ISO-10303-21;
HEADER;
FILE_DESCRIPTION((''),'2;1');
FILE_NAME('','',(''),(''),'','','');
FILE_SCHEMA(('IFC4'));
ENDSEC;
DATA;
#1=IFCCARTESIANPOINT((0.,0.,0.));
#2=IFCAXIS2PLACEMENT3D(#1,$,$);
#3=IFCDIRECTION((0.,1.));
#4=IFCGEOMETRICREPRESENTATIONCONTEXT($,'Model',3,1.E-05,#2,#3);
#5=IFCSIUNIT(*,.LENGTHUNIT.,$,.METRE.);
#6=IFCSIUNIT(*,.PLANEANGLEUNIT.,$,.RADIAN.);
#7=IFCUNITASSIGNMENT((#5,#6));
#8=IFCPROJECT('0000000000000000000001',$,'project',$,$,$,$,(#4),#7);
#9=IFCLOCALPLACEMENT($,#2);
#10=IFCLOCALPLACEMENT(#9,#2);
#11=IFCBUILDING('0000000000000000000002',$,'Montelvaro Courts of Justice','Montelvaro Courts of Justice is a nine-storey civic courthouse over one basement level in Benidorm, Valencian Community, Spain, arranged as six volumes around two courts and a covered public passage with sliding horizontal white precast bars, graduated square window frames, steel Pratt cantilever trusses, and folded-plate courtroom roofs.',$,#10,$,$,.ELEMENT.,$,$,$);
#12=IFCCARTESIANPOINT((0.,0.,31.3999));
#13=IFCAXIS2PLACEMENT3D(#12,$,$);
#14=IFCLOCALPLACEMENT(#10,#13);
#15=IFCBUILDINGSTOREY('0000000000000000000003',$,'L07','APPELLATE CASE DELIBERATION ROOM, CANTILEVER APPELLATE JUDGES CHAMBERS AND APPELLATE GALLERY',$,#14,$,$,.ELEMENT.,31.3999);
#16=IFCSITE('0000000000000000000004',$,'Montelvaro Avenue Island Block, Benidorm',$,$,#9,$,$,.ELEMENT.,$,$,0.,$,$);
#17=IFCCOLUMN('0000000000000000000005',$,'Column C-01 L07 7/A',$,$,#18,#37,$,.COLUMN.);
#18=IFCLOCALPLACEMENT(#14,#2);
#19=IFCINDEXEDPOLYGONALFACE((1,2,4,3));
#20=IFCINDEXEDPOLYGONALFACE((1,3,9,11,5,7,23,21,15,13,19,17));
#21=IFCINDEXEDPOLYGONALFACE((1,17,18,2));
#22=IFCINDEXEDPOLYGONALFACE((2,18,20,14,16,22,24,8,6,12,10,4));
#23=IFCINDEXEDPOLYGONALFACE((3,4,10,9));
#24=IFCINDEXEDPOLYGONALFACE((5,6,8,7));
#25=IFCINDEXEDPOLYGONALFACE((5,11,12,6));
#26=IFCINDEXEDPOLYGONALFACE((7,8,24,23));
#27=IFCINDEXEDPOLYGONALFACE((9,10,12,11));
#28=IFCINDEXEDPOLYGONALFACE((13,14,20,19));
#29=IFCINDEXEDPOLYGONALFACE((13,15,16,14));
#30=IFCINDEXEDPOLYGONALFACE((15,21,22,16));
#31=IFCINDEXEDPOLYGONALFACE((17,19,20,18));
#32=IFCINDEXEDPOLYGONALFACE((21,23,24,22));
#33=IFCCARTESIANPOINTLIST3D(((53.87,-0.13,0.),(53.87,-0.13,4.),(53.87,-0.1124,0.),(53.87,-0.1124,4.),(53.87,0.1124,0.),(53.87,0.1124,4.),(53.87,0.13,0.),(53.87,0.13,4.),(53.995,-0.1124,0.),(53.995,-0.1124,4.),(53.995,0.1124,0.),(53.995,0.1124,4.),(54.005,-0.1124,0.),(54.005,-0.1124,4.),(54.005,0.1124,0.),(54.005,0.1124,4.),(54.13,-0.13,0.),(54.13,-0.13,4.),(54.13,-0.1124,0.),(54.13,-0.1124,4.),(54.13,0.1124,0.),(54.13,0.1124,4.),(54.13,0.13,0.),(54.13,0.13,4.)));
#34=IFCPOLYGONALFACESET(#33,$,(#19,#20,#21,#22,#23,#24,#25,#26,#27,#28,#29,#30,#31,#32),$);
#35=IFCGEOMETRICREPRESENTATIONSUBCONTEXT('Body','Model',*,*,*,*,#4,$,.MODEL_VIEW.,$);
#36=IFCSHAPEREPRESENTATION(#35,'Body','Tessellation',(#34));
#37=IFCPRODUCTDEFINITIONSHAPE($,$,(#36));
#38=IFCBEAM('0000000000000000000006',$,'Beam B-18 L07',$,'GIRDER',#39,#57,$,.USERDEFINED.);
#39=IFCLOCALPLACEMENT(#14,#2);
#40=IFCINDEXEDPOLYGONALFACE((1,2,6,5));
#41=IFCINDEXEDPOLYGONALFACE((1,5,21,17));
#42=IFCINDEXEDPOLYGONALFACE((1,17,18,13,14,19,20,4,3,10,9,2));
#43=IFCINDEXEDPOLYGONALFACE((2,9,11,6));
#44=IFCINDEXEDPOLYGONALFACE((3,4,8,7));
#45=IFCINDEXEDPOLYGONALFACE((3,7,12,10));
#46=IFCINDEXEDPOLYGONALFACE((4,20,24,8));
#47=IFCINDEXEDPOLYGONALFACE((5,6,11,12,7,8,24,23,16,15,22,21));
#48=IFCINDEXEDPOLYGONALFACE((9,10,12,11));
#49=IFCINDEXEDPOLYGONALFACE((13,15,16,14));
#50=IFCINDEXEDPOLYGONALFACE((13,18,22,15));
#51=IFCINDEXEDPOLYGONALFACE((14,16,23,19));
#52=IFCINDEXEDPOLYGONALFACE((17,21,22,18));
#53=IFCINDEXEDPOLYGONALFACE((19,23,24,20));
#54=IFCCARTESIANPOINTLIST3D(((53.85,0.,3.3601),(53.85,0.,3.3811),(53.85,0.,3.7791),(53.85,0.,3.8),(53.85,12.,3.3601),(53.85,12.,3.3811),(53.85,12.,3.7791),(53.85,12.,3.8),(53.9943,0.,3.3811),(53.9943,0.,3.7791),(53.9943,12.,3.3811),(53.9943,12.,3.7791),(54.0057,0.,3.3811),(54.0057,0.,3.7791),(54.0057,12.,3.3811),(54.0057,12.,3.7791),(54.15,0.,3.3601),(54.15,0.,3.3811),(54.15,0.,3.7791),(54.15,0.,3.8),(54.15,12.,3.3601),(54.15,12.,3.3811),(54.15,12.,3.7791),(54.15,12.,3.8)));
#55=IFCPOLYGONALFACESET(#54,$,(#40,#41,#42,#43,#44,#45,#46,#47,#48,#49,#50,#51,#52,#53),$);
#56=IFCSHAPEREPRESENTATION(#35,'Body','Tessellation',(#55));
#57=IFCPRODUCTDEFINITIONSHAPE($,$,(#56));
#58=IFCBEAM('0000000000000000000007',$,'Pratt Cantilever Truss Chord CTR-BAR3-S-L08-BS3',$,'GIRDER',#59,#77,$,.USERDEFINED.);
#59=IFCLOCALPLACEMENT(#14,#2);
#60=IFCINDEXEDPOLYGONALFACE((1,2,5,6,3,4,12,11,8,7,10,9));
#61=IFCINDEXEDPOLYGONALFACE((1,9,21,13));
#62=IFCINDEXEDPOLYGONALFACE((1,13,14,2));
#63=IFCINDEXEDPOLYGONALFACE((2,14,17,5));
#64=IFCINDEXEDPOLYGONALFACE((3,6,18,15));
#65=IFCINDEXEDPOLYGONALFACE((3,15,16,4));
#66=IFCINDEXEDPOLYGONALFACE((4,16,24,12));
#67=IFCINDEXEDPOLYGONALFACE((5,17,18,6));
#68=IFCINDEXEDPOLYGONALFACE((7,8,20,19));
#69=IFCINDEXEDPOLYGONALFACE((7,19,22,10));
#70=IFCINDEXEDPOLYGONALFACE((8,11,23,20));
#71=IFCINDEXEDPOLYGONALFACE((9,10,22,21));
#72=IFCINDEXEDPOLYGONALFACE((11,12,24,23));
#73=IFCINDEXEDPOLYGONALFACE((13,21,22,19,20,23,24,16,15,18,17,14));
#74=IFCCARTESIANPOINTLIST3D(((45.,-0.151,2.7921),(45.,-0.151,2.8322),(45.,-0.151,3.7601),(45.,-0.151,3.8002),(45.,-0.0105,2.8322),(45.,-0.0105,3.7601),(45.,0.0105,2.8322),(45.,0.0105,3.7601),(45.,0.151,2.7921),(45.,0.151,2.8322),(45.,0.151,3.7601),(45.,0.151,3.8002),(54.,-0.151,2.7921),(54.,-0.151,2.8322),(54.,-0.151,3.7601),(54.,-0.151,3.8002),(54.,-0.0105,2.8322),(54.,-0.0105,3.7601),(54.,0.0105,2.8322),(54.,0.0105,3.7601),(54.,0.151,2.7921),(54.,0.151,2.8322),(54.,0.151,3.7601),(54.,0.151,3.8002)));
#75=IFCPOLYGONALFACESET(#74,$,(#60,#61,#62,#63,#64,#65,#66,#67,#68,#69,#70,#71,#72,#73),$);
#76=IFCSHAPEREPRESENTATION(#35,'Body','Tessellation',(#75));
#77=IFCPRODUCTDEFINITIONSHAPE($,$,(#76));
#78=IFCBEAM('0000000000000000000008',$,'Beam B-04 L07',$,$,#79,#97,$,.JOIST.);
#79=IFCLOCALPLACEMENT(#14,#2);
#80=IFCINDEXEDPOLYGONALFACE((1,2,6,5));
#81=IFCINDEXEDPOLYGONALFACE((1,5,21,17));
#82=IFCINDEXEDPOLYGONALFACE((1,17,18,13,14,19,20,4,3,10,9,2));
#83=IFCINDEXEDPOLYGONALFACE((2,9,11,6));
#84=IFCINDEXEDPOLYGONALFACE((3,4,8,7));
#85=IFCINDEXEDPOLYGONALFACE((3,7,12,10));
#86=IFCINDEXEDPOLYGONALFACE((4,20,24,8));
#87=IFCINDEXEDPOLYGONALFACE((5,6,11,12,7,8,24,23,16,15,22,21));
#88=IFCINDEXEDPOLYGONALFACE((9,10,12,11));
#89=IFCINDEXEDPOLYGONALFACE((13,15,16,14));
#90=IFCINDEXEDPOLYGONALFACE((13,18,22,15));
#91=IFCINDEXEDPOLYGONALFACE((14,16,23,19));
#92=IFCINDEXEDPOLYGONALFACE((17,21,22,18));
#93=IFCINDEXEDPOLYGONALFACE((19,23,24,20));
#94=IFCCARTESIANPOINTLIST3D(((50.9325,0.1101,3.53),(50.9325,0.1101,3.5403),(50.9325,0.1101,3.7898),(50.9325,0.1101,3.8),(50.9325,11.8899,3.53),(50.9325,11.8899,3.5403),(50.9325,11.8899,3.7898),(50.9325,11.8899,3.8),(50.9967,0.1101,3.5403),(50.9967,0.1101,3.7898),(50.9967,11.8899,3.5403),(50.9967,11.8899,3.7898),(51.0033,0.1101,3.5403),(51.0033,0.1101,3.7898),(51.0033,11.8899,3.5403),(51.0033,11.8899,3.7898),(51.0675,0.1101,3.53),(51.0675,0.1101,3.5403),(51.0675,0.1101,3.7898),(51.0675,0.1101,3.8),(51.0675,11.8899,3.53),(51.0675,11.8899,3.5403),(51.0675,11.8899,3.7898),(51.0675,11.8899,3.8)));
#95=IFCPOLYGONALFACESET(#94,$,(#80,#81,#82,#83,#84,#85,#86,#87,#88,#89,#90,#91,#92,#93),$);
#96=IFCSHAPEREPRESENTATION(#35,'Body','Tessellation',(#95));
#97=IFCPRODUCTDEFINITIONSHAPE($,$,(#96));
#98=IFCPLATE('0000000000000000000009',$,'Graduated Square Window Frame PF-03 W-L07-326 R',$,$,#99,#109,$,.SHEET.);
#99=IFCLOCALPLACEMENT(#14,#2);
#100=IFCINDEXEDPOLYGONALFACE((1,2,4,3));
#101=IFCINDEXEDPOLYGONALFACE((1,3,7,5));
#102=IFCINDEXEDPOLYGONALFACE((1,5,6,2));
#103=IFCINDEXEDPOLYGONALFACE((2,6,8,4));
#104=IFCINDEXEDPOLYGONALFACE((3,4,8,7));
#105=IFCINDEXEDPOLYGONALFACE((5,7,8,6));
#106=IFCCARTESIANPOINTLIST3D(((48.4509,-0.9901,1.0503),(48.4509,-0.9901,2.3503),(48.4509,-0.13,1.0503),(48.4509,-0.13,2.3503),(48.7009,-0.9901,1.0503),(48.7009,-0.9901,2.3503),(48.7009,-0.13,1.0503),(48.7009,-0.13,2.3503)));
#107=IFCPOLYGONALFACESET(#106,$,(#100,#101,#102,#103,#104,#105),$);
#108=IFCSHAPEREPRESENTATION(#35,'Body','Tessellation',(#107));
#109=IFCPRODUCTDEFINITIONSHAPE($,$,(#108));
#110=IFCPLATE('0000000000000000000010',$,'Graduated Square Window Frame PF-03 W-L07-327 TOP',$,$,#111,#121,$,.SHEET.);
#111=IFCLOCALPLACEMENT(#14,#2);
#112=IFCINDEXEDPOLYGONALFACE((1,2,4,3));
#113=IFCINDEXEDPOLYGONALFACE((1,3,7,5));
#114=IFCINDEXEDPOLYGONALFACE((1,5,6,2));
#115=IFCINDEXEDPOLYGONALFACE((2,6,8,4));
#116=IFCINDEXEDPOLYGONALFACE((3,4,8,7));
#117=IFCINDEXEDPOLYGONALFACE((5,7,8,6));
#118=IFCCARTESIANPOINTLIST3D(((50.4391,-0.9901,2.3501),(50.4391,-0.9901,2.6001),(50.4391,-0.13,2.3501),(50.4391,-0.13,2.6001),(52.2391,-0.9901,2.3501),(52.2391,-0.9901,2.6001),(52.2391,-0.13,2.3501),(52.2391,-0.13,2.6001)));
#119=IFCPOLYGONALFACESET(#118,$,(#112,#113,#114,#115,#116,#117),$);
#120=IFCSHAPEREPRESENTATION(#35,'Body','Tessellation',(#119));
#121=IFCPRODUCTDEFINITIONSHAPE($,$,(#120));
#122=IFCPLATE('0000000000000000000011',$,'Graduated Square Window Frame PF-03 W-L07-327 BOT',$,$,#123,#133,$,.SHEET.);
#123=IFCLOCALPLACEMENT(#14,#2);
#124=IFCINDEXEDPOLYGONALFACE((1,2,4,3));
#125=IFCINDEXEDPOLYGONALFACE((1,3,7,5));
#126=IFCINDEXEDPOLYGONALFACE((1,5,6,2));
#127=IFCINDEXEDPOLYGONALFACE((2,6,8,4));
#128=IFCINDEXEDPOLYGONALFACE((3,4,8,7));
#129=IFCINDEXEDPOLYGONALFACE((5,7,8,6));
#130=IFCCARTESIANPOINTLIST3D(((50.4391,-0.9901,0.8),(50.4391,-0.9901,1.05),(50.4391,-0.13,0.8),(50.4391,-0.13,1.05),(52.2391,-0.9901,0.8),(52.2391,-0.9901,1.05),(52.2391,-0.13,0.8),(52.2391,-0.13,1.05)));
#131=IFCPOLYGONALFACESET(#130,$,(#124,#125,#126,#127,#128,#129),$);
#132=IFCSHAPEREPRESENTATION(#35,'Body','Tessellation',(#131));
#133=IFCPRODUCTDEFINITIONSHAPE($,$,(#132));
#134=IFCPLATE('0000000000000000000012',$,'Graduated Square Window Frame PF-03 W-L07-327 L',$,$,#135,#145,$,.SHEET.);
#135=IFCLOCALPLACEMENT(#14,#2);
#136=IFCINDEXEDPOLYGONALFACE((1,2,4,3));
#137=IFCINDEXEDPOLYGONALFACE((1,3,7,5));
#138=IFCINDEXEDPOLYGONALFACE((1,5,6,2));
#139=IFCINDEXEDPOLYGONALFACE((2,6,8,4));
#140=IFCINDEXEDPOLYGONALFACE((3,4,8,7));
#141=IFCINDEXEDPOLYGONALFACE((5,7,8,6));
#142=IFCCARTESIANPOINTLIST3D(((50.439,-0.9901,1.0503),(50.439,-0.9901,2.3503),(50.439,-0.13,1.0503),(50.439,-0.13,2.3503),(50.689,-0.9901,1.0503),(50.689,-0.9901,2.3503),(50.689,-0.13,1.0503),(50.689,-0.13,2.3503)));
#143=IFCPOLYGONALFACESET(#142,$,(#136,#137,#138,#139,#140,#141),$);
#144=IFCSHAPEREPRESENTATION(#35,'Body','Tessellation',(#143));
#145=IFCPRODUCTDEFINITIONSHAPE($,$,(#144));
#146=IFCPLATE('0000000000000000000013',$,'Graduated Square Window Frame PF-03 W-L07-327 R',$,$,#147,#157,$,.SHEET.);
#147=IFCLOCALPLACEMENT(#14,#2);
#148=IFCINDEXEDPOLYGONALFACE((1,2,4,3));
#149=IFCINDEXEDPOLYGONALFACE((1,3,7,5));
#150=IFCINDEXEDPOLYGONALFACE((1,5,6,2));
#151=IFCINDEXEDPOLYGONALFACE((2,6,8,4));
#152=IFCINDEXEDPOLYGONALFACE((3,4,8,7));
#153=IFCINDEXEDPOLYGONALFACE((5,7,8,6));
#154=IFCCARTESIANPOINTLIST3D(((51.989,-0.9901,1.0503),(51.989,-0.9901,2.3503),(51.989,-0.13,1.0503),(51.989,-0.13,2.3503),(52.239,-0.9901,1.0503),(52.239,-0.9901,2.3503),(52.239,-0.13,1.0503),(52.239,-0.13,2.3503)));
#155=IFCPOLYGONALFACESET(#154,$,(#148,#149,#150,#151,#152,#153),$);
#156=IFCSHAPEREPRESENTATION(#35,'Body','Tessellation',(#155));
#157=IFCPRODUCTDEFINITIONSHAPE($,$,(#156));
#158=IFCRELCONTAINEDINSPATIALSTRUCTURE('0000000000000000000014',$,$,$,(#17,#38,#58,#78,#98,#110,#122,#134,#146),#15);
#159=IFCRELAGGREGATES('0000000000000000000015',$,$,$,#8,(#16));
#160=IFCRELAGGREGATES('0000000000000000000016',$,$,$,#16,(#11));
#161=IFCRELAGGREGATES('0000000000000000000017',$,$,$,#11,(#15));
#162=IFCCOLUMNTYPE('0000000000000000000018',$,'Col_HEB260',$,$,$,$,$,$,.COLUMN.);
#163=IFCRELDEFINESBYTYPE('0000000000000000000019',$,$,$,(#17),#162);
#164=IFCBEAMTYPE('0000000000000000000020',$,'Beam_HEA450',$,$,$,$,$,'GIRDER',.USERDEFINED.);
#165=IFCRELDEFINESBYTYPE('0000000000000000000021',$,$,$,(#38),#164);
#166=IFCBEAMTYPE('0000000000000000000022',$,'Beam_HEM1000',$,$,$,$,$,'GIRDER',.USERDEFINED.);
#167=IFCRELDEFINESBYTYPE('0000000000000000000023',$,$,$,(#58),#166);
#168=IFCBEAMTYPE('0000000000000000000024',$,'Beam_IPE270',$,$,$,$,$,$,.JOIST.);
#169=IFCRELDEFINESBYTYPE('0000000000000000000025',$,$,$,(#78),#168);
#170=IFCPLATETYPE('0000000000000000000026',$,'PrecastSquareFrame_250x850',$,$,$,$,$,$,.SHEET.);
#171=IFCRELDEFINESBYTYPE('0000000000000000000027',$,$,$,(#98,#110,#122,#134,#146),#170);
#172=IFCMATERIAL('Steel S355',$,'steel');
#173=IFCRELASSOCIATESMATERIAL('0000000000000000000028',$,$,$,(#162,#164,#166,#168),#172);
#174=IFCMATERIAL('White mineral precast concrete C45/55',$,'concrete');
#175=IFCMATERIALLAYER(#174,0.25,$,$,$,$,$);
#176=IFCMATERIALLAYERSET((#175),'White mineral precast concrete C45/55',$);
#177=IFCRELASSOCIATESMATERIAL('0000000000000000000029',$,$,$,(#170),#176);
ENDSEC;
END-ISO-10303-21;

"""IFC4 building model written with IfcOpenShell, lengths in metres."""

from ifc_helpers import new_model, si_unit, direction, frame, origin, origin_2d, place, context, subcontext, project, spatial, rectangle, i_section, extrude, material, layer, layer_set, material_profile, profile_set, type_object, element, save


model = new_model("IFC4")

# Units and contexts
model_context = context("Model", 3, precision=1e-05, world=origin(), true_north=direction((0.0, 1.0)))
body_context = subcontext(model_context, "Body", "Model", "MODEL_VIEW")
ifc_project = project(units=[si_unit("LENGTHUNIT", "METRE"), si_unit("PLANEANGLEUNIT", "RADIAN")], contexts=[model_context])

# Site, building, storey
site_placement = place(None, origin())
site = spatial("IfcSite", under=ifc_project, at=site_placement, Name="Montelvaro Avenue Island Block, Benidorm", CompositionType="ELEMENT", RefElevation=0.0)
building_placement = place(site_placement, origin())
building = spatial("IfcBuilding", under=site, at=building_placement, Name="Montelvaro Courts of Justice", Description="Montelvaro Courts of Justice is a nine-storey civic courthouse over one basement level in Benidorm, Valencian Community, Spain, arranged as six volumes around two courts and a covered public passage with sliding horizontal white precast bars, graduated square window frames, steel Pratt cantilever trusses, and folded-plate courtroom roofs.", CompositionType="ELEMENT")
storey_placement = place(building_placement, frame((0.0, 0.0, 31.3999)))
storey = spatial("IfcBuildingStorey", under=building, at=storey_placement, Name="L07", Description="APPELLATE CASE DELIBERATION ROOM, CANTILEVER APPELLATE JUDGES CHAMBERS AND APPELLATE GALLERY", CompositionType="ELEMENT", Elevation=31.3999)

# Column
ifc_material_1 = material(Name="Steel S355", Category="steel")
ifc_material_profile_1 = material_profile(ifc_material_1, i_section(OverallWidth=0.26, OverallDepth=0.26, WebThickness=0.01, FlangeThickness=0.0176, at=origin_2d()), Name="HEB 260")
ifc_profile_set_1 = profile_set([ifc_material_profile_1], Name="Steel S355")
column_type = type_object("IfcColumnType", Name="Col_HEB260", PredefinedType="COLUMN", material=ifc_profile_set_1)
column_placement = place(storey_placement, frame((54.0, 0.0, 0.0), z_axis=(0.0, 0.0, 1.0), x_axis=(1.0, 0.0, 0.0)))
element("IfcColumn", 1, at=column_placement, inside=storey, type_object=column_type, Name="Column C-01 L07 7/A", PredefinedType="COLUMN", context=body_context, shape_type="SweptSolid", body=[
    extrude(i_section(OverallWidth=0.26, OverallDepth=0.26, WebThickness=0.01, FlangeThickness=0.0176, at=origin_2d()), origin(), (0.0, 0.0, 1.0), 4.0),
])

# Beams
ifc_material_profile_2 = material_profile(ifc_material_1, i_section(OverallWidth=0.3, OverallDepth=0.4399, WebThickness=0.0115, FlangeThickness=0.021, at=origin_2d()), Name="HEA 450")
ifc_profile_set_2 = profile_set([ifc_material_profile_2], Name="Steel S355")
beam_type_1 = type_object("IfcBeamType", Name="Beam_HEA450", ElementType="GIRDER", PredefinedType="USERDEFINED", material=ifc_profile_set_2)
beam_1_placement = place(storey_placement, frame((54.0, 0.0, 3.5801), z_axis=(0.0, 1.0, 0.0), x_axis=(-1.0, 0.0, 0.0)))
element("IfcBeam", 2, at=beam_1_placement, inside=storey, type_object=beam_type_1, Name="Beam B-18 L07", ObjectType="GIRDER", PredefinedType="USERDEFINED", context=body_context, shape_type="SweptSolid", body=[
    extrude(i_section(OverallWidth=0.3, OverallDepth=0.4399, WebThickness=0.0115, FlangeThickness=0.021, at=origin_2d()), origin(), (0.0, 0.0, 1.0), 12.0),
])
ifc_material_profile_3 = material_profile(ifc_material_1, i_section(OverallWidth=0.302, OverallDepth=1.0081, WebThickness=0.021, FlangeThickness=0.04, at=origin_2d()), Name="HEM 1000")
ifc_profile_set_3 = profile_set([ifc_material_profile_3], Name="Steel S355")
beam_type_2 = type_object("IfcBeamType", Name="Beam_HEM1000", ElementType="GIRDER", PredefinedType="USERDEFINED", material=ifc_profile_set_3)
beam_2_placement = place(storey_placement, frame((54.0, 0.0, 3.2961), z_axis=(-1.0, 0.0, 0.0), x_axis=(0.0, -1.0, 0.0)))
element("IfcBeam", 3, at=beam_2_placement, inside=storey, type_object=beam_type_2, Name="Pratt Cantilever Truss Chord CTR-BAR3-S-L08-BS3", ObjectType="GIRDER", PredefinedType="USERDEFINED", context=body_context, shape_type="SweptSolid", body=[
    extrude(i_section(OverallWidth=0.302, OverallDepth=1.0081, WebThickness=0.021, FlangeThickness=0.04, at=origin_2d()), origin(), (0.0, 0.0, 1.0), 9.0),
])
ifc_material_profile_4 = material_profile(ifc_material_1, i_section(OverallWidth=0.135, OverallDepth=0.27, WebThickness=0.0066, FlangeThickness=0.0103, at=origin_2d()), Name="IPE 270")
ifc_profile_set_4 = profile_set([ifc_material_profile_4], Name="Steel S355")
beam_type_3 = type_object("IfcBeamType", Name="Beam_IPE270", PredefinedType="JOIST", material=ifc_profile_set_4)
beam_3_placement = place(storey_placement, frame((51.0, 0.1101, 3.665), z_axis=(0.0, 1.0, 0.0), x_axis=(-1.0, 0.0, 0.0)))
element("IfcBeam", 4, at=beam_3_placement, inside=storey, type_object=beam_type_3, Name="Beam B-04 L07", PredefinedType="JOIST", context=body_context, shape_type="SweptSolid", body=[
    extrude(i_section(OverallWidth=0.135, OverallDepth=0.27, WebThickness=0.0066, FlangeThickness=0.0103, at=origin_2d()), origin(), (0.0, 0.0, 1.0), 11.7798),
])

# Plates
ifc_material_2 = material(Name="White mineral precast concrete C45/55", Category="concrete")
ifc_layer_1 = layer(ifc_material_2, 0.25)
ifc_layer_set_1 = layer_set([ifc_layer_1], Name="White mineral precast concrete C45/55")
plate_type = type_object("IfcPlateType", Name="PrecastSquareFrame_250x850", PredefinedType="SHEET", material=ifc_layer_set_1)
plate_placement = place(storey_placement, frame((48.5759, -0.5601, 1.0503), z_axis=(0.0, 0.0, 1.0), x_axis=(1.0, 0.0, 0.0)))
element("IfcPlate", 5, at=plate_placement, inside=storey, type_object=plate_type, Name="Graduated Square Window Frame PF-03 W-L07-326 R", PredefinedType="SHEET", context=body_context, shape_type="SweptSolid", body=[
    extrude(rectangle(XDim=0.25, YDim=0.8601, at=origin_2d()), origin(), (0.0, 0.0, 1.0), 1.3),
])
for number, where, z_axis, x_axis, name in (
    (6, (51.3391, -0.5601, 2.3501), (0.0, 0.0, 1.0), (1.0, 0.0, 0.0), "Graduated Square Window Frame PF-03 W-L07-327 TOP"),
    (7, (51.3391, -0.5601, 0.8), (0.0, 0.0, 1.0), (1.0, 0.0, 0.0), "Graduated Square Window Frame PF-03 W-L07-327 BOT"),
):
    element("IfcPlate", number, at=place(storey_placement, frame(where, z_axis=z_axis, x_axis=x_axis)), inside=storey, type_object=plate_type, Name=name, PredefinedType="SHEET", context=body_context, shape_type="SweptSolid", body=[
        extrude(rectangle(XDim=1.8, YDim=0.8601, at=origin_2d()), origin(), (0.0, 0.0, 1.0), 0.25),
    ])
for number, where, z_axis, x_axis, name in (
    (8, (50.564, -0.5601, 1.0503), (0.0, 0.0, 1.0), (1.0, 0.0, 0.0), "Graduated Square Window Frame PF-03 W-L07-327 L"),
    (9, (52.114, -0.5601, 1.0503), (0.0, 0.0, 1.0), (1.0, 0.0, 0.0), "Graduated Square Window Frame PF-03 W-L07-327 R"),
):
    element("IfcPlate", number, at=place(storey_placement, frame(where, z_axis=z_axis, x_axis=x_axis)), inside=storey, type_object=plate_type, Name=name, PredefinedType="SHEET", context=body_context, shape_type="SweptSolid", body=[
        extrude(rectangle(XDim=0.25, YDim=0.8601, at=origin_2d()), origin(), (0.0, 0.0, 1.0), 1.3),
    ])

save(model, "model.ifc")
